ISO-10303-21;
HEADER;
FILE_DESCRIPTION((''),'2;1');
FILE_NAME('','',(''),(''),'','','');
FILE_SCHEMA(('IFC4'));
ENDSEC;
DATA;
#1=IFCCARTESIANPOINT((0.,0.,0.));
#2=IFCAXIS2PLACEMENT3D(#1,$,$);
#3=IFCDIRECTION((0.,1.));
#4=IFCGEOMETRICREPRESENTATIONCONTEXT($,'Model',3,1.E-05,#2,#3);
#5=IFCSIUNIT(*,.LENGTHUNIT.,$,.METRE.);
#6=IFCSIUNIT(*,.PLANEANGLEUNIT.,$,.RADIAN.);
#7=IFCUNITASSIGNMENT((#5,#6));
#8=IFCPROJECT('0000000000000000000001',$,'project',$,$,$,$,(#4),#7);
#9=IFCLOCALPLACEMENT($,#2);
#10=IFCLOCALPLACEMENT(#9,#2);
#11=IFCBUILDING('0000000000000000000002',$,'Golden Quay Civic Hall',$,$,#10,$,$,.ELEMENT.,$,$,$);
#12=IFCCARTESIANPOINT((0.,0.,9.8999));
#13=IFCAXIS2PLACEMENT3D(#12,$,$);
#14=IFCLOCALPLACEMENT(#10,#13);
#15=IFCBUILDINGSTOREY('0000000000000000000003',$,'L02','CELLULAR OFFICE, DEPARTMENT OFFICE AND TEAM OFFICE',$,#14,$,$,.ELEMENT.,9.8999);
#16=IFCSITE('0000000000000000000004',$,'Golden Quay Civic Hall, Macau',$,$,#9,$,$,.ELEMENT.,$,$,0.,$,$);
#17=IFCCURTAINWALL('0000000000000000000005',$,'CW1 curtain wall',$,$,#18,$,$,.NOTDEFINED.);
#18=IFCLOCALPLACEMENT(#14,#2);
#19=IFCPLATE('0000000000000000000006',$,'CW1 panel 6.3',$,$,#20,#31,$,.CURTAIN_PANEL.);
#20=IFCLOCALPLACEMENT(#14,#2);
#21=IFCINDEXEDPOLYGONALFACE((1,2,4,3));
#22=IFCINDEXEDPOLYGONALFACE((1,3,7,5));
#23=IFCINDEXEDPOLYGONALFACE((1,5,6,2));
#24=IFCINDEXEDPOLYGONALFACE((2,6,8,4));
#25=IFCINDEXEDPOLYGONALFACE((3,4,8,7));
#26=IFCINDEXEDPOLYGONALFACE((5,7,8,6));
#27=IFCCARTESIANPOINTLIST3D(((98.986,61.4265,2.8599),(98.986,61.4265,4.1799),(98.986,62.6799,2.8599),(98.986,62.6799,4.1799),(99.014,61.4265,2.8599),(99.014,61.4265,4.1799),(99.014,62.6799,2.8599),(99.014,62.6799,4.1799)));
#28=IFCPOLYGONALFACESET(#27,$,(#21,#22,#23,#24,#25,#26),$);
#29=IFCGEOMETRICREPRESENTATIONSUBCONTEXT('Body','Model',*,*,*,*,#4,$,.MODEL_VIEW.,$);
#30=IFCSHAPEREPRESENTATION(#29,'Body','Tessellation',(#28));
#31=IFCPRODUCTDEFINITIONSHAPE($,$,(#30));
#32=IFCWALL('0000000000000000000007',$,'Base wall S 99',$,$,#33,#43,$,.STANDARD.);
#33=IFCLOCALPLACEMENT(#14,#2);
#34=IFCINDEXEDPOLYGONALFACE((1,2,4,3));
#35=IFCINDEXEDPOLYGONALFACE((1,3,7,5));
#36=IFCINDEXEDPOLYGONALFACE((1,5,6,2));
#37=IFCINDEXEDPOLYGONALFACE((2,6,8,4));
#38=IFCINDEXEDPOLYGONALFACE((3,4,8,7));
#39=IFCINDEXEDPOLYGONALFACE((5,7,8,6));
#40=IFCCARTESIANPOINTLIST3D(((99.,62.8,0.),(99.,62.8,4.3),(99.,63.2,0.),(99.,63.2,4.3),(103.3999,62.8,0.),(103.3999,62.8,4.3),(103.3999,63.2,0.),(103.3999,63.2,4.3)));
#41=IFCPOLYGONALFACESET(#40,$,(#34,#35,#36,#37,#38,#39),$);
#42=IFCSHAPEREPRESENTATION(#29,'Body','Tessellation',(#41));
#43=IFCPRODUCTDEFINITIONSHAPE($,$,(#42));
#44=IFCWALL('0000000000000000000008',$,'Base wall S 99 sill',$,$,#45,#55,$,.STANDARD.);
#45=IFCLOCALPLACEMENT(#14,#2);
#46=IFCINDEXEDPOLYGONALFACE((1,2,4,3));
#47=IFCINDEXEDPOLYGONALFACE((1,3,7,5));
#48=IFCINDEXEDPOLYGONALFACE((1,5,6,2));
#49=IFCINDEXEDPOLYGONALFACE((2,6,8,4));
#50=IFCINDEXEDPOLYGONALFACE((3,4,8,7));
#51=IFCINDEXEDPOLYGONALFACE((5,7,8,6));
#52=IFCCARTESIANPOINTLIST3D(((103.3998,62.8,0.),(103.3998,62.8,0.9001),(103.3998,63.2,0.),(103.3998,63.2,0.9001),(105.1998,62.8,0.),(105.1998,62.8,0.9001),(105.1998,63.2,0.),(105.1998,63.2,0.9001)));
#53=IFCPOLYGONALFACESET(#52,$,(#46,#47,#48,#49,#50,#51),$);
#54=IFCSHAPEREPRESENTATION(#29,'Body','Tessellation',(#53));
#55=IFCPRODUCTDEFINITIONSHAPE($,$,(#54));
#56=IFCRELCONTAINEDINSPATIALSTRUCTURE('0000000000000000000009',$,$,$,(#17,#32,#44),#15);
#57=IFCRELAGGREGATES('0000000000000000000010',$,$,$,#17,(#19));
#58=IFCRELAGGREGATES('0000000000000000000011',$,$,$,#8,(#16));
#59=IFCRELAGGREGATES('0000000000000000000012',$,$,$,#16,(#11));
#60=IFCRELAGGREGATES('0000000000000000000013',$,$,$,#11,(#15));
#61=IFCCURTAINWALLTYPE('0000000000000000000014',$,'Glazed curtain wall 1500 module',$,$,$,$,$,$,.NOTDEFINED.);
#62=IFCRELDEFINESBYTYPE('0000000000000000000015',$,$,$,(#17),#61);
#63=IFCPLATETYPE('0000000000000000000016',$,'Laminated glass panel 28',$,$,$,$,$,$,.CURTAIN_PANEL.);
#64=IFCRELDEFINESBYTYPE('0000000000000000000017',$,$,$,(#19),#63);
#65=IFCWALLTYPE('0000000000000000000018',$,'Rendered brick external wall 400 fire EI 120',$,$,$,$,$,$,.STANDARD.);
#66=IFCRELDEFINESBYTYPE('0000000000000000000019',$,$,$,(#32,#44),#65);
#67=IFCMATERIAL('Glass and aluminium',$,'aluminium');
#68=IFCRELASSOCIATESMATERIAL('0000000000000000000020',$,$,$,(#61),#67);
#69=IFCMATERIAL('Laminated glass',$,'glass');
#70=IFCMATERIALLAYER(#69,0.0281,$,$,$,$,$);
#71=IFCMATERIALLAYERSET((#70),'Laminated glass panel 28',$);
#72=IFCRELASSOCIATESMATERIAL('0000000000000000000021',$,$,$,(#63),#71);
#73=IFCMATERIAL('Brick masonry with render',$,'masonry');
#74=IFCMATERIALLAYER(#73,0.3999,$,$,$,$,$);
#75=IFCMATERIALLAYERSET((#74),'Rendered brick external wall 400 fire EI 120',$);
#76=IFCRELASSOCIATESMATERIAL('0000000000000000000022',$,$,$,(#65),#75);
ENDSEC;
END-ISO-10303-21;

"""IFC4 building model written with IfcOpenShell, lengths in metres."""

from ifc_helpers import new_model, si_unit, direction, frame, frame_2d, origin, origin_2d, place, context, subcontext, project, spatial, rectangle, extrude, material, layer, layer_set, type_object, element, aggregate, save


model = new_model("IFC4")

# Units and contexts
model_context = context("Model", 3, precision=1e-05, world=origin(), true_north=direction((0.0, 1.0)))
body_context = subcontext(model_context, "Body", "Model", "MODEL_VIEW")
ifc_project = project(units=[si_unit("LENGTHUNIT", "METRE"), si_unit("PLANEANGLEUNIT", "RADIAN")], contexts=[model_context])

# Site, building, storey
site_placement = place(None, origin())
site = spatial("IfcSite", under=ifc_project, at=site_placement, Name="Golden Quay Civic Hall, Macau", CompositionType="ELEMENT", RefElevation=0.0)
building_placement = place(site_placement, origin())
building = spatial("IfcBuilding", under=site, at=building_placement, Name="Golden Quay Civic Hall", CompositionType="ELEMENT")
storey_placement = place(building_placement, frame((0.0, 0.0, 9.8999)))
storey = spatial("IfcBuildingStorey", under=building, at=storey_placement, Name="L02", Description="CELLULAR OFFICE, DEPARTMENT OFFICE AND TEAM OFFICE", CompositionType="ELEMENT", Elevation=9.8999)

# Curtain wall
ifc_material_1 = material(Name="Glass and aluminium", Category="aluminium")
curtain_wall_type_1 = type_object("IfcCurtainWallType", Name="Glazed curtain wall 1500 module", PredefinedType="NOTDEFINED", material=ifc_material_1)
curtain_wall_1_placement = place(storey_placement, origin())
curtain_wall_1 = element("IfcCurtainWall", 1, at=curtain_wall_1_placement, inside=storey, type_object=curtain_wall_type_1, Name="CW1 curtain wall", PredefinedType="NOTDEFINED")

# Plate
ifc_material_2 = material(Name="Laminated glass", Category="glass")
ifc_layer_1 = layer(ifc_material_2, 0.0281)
ifc_layer_set_1 = layer_set([ifc_layer_1], Name="Laminated glass panel 28")
plate_type_1 = type_object("IfcPlateType", Name="Laminated glass panel 28", PredefinedType="CURTAIN_PANEL", material=ifc_layer_set_1)
plate_1_placement = place(storey_placement, frame((99.0, 62.0532, 2.8599), z_axis=(0.0, 0.0, 1.0), x_axis=(0.0, 1.0, 0.0)))
plate_1 = element("IfcPlate", 2, at=plate_1_placement, type_object=plate_type_1, Name="CW1 panel 6.3", PredefinedType="CURTAIN_PANEL", context=body_context, shape_type="SweptSolid", body=[
    extrude(rectangle(XDim=1.2534, YDim=0.0281, at=origin_2d()), origin(), (0.0, 0.0, 1.0), 1.3201),
])
aggregate(curtain_wall_1, [plate_1])

# Walls
ifc_material_3 = material(Name="Brick masonry with render", Category="masonry")
ifc_layer_2 = layer(ifc_material_3, 0.3999)
ifc_layer_set_2 = layer_set([ifc_layer_2], Name="Rendered brick external wall 400 fire EI 120")
wall_type = type_object("IfcWallType", Name="Rendered brick external wall 400 fire EI 120", PredefinedType="STANDARD", material=ifc_layer_set_2)
wall_1_placement = place(storey_placement, frame((99.0, 63.0, 0.0), z_axis=(0.0, 0.0, 1.0), x_axis=(1.0, 0.0, 0.0)))
element("IfcWall", 3, at=wall_1_placement, inside=storey, type_object=wall_type, Name="Base wall S 99", PredefinedType="STANDARD", context=body_context, shape_type="SweptSolid", body=[
    extrude(rectangle(XDim=4.3999, YDim=0.3999, at=frame_2d((2.2, 0.0))), origin(), (0.0, 0.0, 1.0), 4.3),
])
wall_2_placement = place(storey_placement, frame((103.3999, 63.0, 0.0), z_axis=(0.0, 0.0, 1.0), x_axis=(1.0, 0.0, 0.0)))
element("IfcWall", 4, at=wall_2_placement, inside=storey, type_object=wall_type, Name="Base wall S 99 sill", PredefinedType="STANDARD", context=body_context, shape_type="SweptSolid", body=[
    extrude(rectangle(XDim=1.8, YDim=0.3999, at=frame_2d((0.8999, 0.0))), origin(), (0.0, 0.0, 1.0), 0.9001),
])

save(model, "model.ifc")
